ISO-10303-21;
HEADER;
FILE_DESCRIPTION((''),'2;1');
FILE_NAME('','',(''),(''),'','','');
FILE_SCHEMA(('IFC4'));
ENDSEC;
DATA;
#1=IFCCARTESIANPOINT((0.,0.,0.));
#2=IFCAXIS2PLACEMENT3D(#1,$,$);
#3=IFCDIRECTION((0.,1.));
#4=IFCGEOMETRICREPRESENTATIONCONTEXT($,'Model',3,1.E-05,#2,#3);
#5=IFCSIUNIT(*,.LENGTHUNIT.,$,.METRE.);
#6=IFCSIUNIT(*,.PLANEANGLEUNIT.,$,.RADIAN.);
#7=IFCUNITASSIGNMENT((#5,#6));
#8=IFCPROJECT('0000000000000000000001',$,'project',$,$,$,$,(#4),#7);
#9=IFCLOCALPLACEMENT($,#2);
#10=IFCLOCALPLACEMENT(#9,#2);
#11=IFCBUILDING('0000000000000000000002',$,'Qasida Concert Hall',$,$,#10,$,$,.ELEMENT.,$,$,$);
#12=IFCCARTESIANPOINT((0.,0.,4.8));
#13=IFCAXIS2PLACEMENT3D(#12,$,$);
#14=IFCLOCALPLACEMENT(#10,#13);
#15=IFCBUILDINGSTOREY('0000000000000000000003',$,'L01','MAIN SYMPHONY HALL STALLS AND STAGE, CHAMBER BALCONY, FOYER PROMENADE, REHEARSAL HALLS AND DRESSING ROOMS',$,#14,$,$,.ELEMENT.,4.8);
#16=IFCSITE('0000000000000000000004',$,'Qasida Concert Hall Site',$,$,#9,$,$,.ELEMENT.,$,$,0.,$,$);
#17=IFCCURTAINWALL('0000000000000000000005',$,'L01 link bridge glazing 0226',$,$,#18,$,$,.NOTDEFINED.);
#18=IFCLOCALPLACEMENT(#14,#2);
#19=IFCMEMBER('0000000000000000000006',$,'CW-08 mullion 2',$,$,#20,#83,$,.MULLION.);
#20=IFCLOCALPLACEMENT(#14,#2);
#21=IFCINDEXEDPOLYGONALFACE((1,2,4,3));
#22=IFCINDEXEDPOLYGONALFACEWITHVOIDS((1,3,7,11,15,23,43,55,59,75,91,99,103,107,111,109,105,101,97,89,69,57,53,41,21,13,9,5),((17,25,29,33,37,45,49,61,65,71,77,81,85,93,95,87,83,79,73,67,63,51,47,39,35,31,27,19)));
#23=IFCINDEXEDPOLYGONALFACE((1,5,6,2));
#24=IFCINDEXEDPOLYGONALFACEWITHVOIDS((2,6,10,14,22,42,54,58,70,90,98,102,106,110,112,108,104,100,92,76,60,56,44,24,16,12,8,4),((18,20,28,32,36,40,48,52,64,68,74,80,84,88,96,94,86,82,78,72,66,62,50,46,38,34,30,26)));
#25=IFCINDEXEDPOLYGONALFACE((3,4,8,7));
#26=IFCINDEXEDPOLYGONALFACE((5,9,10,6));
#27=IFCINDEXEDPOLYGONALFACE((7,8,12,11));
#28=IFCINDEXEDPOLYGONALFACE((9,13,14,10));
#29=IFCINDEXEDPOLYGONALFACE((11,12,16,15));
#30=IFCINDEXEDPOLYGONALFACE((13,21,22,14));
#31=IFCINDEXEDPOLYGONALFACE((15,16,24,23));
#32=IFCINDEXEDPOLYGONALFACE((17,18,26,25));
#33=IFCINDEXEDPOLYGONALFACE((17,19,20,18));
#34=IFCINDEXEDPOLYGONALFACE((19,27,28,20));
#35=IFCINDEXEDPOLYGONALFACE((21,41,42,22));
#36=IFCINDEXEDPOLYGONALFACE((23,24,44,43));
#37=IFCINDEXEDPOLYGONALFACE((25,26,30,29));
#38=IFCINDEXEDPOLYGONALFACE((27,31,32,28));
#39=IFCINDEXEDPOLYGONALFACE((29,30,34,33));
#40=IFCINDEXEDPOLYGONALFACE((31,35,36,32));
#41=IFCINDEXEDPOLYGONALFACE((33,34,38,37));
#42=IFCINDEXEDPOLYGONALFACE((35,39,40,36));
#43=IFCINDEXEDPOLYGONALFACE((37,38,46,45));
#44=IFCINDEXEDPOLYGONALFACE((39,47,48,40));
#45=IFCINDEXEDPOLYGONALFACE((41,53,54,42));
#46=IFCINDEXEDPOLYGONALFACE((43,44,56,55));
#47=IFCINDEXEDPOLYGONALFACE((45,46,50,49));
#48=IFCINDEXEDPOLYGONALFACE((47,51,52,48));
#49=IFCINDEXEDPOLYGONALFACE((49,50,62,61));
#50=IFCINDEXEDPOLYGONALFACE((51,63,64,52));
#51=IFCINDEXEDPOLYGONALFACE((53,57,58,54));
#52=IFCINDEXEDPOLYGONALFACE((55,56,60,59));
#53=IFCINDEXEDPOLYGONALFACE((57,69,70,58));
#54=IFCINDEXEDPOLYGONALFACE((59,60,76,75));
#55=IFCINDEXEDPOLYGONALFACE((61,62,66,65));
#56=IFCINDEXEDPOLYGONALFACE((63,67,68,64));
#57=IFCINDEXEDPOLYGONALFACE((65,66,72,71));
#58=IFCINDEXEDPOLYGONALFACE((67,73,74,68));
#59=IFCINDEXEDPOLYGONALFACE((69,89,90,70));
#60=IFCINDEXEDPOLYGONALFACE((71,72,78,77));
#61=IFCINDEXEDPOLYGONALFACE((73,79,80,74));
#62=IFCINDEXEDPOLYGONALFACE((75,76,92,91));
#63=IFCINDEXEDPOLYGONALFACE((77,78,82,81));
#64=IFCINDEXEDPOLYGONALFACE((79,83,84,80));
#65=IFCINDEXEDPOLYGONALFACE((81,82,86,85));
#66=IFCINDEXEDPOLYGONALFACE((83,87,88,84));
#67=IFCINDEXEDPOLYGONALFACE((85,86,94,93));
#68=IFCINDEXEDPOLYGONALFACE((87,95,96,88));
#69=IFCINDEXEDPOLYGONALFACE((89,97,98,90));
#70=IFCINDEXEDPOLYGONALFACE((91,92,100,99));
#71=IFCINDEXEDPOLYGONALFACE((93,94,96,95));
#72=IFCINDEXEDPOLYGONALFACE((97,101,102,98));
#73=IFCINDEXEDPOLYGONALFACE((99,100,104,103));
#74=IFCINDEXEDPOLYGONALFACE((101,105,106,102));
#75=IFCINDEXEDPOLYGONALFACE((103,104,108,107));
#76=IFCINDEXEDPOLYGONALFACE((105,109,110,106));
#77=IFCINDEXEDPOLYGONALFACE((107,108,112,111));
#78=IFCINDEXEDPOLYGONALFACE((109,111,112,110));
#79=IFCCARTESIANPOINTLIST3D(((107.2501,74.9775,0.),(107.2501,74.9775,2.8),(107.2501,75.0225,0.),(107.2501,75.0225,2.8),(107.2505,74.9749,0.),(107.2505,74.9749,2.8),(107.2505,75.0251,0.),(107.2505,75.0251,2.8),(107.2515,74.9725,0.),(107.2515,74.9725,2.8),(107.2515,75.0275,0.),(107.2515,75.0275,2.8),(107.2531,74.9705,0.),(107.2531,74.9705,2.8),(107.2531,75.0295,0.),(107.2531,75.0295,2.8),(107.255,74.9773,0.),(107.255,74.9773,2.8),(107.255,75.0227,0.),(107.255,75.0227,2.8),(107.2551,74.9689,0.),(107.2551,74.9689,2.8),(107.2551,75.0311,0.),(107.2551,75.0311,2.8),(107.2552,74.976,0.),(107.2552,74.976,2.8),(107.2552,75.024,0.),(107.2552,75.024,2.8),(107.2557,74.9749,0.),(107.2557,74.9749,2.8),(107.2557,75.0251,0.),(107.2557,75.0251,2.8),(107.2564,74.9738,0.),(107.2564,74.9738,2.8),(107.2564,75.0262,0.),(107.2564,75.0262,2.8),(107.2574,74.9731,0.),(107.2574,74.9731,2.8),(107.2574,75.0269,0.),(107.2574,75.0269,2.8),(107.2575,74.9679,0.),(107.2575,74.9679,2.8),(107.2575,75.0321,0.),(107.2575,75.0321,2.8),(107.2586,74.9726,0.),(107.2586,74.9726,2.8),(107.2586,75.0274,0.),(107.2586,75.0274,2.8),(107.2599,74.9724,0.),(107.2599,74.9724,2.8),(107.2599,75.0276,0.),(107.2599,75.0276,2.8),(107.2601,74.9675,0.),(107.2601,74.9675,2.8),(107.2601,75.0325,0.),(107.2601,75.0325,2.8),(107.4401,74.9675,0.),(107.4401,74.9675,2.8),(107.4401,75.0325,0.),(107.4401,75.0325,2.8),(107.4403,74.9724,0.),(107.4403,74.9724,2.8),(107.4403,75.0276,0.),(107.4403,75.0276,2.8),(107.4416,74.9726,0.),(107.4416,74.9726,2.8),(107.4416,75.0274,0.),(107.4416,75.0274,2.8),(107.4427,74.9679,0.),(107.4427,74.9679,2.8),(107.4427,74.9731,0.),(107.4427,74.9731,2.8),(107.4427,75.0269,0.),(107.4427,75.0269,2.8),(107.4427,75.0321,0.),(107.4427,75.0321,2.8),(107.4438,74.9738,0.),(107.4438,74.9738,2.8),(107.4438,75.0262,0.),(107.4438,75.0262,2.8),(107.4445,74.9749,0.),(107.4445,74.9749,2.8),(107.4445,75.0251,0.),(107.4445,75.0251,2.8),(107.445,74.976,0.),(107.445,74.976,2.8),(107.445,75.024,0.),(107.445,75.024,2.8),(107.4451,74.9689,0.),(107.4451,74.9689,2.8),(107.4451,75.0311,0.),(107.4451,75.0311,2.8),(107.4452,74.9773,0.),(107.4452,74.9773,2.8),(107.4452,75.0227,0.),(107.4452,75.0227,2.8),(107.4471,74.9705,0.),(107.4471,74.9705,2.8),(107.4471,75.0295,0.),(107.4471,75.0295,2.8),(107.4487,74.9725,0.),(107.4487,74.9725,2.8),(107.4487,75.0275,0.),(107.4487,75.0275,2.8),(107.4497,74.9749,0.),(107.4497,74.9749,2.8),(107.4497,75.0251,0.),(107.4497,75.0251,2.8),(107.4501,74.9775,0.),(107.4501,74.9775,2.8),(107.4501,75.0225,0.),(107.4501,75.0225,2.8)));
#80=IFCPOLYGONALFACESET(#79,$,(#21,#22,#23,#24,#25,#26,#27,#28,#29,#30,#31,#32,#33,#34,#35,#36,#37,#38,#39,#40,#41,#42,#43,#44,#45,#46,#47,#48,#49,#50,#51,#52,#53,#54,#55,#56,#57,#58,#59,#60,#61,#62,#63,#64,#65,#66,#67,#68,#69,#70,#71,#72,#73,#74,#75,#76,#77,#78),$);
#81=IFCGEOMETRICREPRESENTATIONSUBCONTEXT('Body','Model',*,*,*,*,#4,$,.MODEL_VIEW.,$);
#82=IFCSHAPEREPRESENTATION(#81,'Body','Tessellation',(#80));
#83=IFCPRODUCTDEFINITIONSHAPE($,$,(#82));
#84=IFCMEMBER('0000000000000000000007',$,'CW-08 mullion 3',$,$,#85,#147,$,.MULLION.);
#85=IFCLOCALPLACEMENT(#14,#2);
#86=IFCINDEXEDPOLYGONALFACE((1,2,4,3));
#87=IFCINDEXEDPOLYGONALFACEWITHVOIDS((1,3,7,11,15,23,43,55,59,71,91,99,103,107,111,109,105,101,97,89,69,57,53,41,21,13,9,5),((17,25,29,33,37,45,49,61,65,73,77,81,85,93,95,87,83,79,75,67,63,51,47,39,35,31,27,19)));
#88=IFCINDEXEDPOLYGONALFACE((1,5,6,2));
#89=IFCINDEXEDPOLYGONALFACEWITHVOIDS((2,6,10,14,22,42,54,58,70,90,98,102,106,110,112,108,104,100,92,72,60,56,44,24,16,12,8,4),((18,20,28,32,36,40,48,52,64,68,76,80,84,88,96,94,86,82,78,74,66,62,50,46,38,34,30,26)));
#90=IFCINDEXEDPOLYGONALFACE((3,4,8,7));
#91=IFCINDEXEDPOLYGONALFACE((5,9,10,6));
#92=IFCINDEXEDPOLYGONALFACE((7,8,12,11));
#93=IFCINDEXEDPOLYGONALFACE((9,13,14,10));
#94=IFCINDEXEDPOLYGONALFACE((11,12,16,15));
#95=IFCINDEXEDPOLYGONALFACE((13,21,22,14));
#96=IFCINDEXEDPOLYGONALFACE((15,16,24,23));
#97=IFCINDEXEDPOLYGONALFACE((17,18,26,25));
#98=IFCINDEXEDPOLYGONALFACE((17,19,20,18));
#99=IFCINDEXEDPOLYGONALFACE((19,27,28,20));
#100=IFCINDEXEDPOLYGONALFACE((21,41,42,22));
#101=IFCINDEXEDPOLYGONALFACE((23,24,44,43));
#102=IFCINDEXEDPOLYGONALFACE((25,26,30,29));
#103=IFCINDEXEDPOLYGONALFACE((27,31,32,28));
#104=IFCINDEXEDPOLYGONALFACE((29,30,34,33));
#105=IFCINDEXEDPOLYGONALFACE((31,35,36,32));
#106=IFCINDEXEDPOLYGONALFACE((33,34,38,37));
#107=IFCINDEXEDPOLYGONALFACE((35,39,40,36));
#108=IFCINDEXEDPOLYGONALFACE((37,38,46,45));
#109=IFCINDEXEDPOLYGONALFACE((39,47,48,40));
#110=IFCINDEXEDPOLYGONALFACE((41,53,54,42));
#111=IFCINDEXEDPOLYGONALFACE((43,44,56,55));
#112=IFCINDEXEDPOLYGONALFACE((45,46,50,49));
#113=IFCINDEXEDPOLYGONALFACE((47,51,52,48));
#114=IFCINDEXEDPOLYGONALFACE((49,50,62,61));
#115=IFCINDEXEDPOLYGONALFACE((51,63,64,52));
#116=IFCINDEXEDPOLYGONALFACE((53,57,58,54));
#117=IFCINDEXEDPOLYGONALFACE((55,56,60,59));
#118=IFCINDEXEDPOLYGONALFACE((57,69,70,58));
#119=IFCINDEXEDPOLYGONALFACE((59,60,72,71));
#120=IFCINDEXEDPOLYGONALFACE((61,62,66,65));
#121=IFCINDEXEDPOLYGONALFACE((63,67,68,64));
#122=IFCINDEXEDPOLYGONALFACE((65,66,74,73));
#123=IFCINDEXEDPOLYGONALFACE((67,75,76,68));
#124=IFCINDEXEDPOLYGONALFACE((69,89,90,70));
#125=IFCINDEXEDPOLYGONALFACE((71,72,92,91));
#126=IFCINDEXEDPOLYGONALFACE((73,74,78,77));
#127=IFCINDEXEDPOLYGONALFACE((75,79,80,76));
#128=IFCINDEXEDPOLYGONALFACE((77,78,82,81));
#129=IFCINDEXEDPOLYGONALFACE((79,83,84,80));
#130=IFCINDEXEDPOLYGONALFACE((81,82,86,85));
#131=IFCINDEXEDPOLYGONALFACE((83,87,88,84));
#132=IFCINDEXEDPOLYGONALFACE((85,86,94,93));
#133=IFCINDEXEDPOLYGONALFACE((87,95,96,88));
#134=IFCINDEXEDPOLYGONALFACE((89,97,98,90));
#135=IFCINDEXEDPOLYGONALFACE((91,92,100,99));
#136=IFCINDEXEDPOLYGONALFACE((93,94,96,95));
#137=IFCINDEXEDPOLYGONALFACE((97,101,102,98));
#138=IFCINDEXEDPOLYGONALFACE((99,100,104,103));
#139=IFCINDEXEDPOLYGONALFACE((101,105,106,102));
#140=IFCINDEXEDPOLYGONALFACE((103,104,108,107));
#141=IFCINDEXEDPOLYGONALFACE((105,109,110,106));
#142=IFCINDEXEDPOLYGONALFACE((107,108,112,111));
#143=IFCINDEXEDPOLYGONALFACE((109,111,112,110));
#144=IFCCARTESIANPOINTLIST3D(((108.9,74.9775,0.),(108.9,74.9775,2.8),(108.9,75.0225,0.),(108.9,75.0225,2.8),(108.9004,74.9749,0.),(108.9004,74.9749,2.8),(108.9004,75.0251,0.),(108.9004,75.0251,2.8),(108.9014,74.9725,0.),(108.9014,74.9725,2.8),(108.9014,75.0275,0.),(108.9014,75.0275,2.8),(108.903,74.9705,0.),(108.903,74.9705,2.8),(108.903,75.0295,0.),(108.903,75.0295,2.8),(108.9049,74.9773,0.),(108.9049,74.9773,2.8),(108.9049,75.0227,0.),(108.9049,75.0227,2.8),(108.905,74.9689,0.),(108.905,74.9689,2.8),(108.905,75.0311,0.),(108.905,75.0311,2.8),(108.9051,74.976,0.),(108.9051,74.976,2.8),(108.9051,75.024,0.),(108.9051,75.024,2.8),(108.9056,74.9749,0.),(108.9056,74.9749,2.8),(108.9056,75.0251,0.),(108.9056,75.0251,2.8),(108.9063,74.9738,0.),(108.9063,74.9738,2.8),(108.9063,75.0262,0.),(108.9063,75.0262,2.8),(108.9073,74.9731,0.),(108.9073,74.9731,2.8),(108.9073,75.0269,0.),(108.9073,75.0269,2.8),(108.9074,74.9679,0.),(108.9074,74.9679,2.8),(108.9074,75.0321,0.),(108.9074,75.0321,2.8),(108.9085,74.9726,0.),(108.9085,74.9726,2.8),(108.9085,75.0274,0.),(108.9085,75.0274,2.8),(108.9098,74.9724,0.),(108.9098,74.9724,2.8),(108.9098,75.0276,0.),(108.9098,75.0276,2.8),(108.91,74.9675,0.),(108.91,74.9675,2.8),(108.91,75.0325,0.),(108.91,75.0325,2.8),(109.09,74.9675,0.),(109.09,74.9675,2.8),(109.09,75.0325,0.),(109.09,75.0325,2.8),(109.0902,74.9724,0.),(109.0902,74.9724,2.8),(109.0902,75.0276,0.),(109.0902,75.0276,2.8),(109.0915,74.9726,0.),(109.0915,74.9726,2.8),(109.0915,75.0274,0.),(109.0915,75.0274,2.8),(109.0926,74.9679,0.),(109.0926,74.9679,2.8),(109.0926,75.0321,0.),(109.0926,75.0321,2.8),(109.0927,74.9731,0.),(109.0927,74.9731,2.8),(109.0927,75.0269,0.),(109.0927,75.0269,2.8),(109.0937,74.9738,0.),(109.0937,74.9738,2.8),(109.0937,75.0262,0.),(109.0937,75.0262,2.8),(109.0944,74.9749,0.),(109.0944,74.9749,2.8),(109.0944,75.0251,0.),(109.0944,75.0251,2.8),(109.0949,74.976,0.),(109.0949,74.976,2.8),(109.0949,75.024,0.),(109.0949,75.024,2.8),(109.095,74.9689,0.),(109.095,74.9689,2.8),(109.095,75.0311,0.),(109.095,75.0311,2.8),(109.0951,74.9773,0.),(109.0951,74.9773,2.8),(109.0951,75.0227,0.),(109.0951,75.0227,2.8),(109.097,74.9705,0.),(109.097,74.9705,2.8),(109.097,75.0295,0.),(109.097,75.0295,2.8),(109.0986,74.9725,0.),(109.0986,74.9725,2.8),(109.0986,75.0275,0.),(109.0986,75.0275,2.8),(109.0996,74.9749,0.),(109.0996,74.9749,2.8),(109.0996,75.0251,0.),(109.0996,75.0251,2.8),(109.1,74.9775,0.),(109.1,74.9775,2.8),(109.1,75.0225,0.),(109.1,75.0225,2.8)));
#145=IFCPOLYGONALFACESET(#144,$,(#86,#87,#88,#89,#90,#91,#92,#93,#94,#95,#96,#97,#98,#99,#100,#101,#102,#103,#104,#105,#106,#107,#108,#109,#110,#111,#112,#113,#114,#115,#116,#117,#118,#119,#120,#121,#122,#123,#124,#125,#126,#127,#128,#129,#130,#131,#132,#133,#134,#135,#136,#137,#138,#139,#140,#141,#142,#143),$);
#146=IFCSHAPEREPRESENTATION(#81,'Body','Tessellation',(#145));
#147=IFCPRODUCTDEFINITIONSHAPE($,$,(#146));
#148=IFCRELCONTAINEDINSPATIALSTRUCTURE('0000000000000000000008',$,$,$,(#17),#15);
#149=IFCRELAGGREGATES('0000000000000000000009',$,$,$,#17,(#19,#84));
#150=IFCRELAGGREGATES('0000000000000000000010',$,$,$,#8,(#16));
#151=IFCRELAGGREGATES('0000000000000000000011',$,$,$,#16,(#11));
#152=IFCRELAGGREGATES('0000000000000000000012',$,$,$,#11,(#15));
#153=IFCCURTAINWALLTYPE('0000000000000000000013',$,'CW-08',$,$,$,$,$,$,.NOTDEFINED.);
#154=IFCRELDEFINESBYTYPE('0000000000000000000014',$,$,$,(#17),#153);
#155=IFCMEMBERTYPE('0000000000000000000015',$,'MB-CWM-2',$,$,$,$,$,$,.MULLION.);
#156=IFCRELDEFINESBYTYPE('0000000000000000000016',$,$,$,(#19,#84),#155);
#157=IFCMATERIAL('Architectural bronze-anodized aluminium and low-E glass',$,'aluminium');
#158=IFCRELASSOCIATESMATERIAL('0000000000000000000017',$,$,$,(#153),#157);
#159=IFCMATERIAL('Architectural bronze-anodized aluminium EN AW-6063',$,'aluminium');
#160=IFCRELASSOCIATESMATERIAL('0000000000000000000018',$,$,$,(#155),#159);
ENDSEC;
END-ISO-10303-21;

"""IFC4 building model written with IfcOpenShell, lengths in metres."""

from ifc_helpers import new_model, si_unit, direction, frame, origin, origin_2d, place, context, subcontext, project, spatial, hollow_rectangle, extrude, material, material_profile, profile_set, type_object, element, aggregate, save


model = new_model("IFC4")

# Units and contexts
model_context = context("Model", 3, precision=1e-05, world=origin(), true_north=direction((0.0, 1.0)))
body_context = subcontext(model_context, "Body", "Model", "MODEL_VIEW")
ifc_project = project(units=[si_unit("LENGTHUNIT", "METRE"), si_unit("PLANEANGLEUNIT", "RADIAN")], contexts=[model_context])

# Site, building, storey
site_placement = place(None, origin())
site = spatial("IfcSite", under=ifc_project, at=site_placement, Name="Qasida Concert Hall Site", CompositionType="ELEMENT", RefElevation=0.0)
building_placement = place(site_placement, origin())
building = spatial("IfcBuilding", under=site, at=building_placement, Name="Qasida Concert Hall", CompositionType="ELEMENT")
storey_placement = place(building_placement, frame((0.0, 0.0, 4.8)))
storey = spatial("IfcBuildingStorey", under=building, at=storey_placement, Name="L01", Description="MAIN SYMPHONY HALL STALLS AND STAGE, CHAMBER BALCONY, FOYER PROMENADE, REHEARSAL HALLS AND DRESSING ROOMS", CompositionType="ELEMENT", Elevation=4.8)

# Curtain wall, members
ifc_material_1 = material(Name="Architectural bronze-anodized aluminium and low-E glass", Category="aluminium")
curtain_wall_type = type_object("IfcCurtainWallType", Name="CW-08", PredefinedType="NOTDEFINED", material=ifc_material_1)
curtain_wall_placement = place(storey_placement, origin())
curtain_wall = element("IfcCurtainWall", 1, at=curtain_wall_placement, inside=storey, type_object=curtain_wall_type, Name="L01 link bridge glazing 0226", PredefinedType="NOTDEFINED")
ifc_material_2 = material(Name="Architectural bronze-anodized aluminium EN AW-6063", Category="aluminium")
ifc_material_profile_1 = material_profile(ifc_material_2, hollow_rectangle(XDim=0.0649, YDim=0.2, WallThickness=0.0049, InnerFilletRadius=0.0049, OuterFilletRadius=0.01, at=origin_2d()), Name="CWM 200x65x5")
ifc_profile_set_1 = profile_set([ifc_material_profile_1], Name="Architectural bronze-anodized aluminium EN AW-6063")
member_type_1 = type_object("IfcMemberType", Name="MB-CWM-2", PredefinedType="MULLION", material=ifc_profile_set_1)
member_1_placement = place(storey_placement, frame((107.3501, 75.0, 0.0), z_axis=(0.0, 0.0, 1.0), x_axis=(0.0, 1.0, 0.0)))
member_1 = element("IfcMember", 2, at=member_1_placement, type_object=member_type_1, Name="CW-08 mullion 2", PredefinedType="MULLION", context=body_context, shape_type="SweptSolid", body=[
    extrude(hollow_rectangle(XDim=0.0649, YDim=0.2, WallThickness=0.0049, InnerFilletRadius=0.0049, OuterFilletRadius=0.01, at=origin_2d()), origin(), (0.0, 0.0, 1.0), 2.8),
])
member_2_placement = place(storey_placement, frame((109.0, 75.0, 0.0), z_axis=(0.0, 0.0, 1.0), x_axis=(0.0, 1.0, 0.0)))
member_2 = element("IfcMember", 3, at=member_2_placement, type_object=member_type_1, Name="CW-08 mullion 3", PredefinedType="MULLION", context=body_context, shape_type="SweptSolid", body=[
    extrude(hollow_rectangle(XDim=0.0649, YDim=0.2, WallThickness=0.0049, InnerFilletRadius=0.0049, OuterFilletRadius=0.01, at=origin_2d()), origin(), (0.0, 0.0, 1.0), 2.8),
])
aggregate(curtain_wall, [member_1, member_2])

save(model, "model.ifc")
